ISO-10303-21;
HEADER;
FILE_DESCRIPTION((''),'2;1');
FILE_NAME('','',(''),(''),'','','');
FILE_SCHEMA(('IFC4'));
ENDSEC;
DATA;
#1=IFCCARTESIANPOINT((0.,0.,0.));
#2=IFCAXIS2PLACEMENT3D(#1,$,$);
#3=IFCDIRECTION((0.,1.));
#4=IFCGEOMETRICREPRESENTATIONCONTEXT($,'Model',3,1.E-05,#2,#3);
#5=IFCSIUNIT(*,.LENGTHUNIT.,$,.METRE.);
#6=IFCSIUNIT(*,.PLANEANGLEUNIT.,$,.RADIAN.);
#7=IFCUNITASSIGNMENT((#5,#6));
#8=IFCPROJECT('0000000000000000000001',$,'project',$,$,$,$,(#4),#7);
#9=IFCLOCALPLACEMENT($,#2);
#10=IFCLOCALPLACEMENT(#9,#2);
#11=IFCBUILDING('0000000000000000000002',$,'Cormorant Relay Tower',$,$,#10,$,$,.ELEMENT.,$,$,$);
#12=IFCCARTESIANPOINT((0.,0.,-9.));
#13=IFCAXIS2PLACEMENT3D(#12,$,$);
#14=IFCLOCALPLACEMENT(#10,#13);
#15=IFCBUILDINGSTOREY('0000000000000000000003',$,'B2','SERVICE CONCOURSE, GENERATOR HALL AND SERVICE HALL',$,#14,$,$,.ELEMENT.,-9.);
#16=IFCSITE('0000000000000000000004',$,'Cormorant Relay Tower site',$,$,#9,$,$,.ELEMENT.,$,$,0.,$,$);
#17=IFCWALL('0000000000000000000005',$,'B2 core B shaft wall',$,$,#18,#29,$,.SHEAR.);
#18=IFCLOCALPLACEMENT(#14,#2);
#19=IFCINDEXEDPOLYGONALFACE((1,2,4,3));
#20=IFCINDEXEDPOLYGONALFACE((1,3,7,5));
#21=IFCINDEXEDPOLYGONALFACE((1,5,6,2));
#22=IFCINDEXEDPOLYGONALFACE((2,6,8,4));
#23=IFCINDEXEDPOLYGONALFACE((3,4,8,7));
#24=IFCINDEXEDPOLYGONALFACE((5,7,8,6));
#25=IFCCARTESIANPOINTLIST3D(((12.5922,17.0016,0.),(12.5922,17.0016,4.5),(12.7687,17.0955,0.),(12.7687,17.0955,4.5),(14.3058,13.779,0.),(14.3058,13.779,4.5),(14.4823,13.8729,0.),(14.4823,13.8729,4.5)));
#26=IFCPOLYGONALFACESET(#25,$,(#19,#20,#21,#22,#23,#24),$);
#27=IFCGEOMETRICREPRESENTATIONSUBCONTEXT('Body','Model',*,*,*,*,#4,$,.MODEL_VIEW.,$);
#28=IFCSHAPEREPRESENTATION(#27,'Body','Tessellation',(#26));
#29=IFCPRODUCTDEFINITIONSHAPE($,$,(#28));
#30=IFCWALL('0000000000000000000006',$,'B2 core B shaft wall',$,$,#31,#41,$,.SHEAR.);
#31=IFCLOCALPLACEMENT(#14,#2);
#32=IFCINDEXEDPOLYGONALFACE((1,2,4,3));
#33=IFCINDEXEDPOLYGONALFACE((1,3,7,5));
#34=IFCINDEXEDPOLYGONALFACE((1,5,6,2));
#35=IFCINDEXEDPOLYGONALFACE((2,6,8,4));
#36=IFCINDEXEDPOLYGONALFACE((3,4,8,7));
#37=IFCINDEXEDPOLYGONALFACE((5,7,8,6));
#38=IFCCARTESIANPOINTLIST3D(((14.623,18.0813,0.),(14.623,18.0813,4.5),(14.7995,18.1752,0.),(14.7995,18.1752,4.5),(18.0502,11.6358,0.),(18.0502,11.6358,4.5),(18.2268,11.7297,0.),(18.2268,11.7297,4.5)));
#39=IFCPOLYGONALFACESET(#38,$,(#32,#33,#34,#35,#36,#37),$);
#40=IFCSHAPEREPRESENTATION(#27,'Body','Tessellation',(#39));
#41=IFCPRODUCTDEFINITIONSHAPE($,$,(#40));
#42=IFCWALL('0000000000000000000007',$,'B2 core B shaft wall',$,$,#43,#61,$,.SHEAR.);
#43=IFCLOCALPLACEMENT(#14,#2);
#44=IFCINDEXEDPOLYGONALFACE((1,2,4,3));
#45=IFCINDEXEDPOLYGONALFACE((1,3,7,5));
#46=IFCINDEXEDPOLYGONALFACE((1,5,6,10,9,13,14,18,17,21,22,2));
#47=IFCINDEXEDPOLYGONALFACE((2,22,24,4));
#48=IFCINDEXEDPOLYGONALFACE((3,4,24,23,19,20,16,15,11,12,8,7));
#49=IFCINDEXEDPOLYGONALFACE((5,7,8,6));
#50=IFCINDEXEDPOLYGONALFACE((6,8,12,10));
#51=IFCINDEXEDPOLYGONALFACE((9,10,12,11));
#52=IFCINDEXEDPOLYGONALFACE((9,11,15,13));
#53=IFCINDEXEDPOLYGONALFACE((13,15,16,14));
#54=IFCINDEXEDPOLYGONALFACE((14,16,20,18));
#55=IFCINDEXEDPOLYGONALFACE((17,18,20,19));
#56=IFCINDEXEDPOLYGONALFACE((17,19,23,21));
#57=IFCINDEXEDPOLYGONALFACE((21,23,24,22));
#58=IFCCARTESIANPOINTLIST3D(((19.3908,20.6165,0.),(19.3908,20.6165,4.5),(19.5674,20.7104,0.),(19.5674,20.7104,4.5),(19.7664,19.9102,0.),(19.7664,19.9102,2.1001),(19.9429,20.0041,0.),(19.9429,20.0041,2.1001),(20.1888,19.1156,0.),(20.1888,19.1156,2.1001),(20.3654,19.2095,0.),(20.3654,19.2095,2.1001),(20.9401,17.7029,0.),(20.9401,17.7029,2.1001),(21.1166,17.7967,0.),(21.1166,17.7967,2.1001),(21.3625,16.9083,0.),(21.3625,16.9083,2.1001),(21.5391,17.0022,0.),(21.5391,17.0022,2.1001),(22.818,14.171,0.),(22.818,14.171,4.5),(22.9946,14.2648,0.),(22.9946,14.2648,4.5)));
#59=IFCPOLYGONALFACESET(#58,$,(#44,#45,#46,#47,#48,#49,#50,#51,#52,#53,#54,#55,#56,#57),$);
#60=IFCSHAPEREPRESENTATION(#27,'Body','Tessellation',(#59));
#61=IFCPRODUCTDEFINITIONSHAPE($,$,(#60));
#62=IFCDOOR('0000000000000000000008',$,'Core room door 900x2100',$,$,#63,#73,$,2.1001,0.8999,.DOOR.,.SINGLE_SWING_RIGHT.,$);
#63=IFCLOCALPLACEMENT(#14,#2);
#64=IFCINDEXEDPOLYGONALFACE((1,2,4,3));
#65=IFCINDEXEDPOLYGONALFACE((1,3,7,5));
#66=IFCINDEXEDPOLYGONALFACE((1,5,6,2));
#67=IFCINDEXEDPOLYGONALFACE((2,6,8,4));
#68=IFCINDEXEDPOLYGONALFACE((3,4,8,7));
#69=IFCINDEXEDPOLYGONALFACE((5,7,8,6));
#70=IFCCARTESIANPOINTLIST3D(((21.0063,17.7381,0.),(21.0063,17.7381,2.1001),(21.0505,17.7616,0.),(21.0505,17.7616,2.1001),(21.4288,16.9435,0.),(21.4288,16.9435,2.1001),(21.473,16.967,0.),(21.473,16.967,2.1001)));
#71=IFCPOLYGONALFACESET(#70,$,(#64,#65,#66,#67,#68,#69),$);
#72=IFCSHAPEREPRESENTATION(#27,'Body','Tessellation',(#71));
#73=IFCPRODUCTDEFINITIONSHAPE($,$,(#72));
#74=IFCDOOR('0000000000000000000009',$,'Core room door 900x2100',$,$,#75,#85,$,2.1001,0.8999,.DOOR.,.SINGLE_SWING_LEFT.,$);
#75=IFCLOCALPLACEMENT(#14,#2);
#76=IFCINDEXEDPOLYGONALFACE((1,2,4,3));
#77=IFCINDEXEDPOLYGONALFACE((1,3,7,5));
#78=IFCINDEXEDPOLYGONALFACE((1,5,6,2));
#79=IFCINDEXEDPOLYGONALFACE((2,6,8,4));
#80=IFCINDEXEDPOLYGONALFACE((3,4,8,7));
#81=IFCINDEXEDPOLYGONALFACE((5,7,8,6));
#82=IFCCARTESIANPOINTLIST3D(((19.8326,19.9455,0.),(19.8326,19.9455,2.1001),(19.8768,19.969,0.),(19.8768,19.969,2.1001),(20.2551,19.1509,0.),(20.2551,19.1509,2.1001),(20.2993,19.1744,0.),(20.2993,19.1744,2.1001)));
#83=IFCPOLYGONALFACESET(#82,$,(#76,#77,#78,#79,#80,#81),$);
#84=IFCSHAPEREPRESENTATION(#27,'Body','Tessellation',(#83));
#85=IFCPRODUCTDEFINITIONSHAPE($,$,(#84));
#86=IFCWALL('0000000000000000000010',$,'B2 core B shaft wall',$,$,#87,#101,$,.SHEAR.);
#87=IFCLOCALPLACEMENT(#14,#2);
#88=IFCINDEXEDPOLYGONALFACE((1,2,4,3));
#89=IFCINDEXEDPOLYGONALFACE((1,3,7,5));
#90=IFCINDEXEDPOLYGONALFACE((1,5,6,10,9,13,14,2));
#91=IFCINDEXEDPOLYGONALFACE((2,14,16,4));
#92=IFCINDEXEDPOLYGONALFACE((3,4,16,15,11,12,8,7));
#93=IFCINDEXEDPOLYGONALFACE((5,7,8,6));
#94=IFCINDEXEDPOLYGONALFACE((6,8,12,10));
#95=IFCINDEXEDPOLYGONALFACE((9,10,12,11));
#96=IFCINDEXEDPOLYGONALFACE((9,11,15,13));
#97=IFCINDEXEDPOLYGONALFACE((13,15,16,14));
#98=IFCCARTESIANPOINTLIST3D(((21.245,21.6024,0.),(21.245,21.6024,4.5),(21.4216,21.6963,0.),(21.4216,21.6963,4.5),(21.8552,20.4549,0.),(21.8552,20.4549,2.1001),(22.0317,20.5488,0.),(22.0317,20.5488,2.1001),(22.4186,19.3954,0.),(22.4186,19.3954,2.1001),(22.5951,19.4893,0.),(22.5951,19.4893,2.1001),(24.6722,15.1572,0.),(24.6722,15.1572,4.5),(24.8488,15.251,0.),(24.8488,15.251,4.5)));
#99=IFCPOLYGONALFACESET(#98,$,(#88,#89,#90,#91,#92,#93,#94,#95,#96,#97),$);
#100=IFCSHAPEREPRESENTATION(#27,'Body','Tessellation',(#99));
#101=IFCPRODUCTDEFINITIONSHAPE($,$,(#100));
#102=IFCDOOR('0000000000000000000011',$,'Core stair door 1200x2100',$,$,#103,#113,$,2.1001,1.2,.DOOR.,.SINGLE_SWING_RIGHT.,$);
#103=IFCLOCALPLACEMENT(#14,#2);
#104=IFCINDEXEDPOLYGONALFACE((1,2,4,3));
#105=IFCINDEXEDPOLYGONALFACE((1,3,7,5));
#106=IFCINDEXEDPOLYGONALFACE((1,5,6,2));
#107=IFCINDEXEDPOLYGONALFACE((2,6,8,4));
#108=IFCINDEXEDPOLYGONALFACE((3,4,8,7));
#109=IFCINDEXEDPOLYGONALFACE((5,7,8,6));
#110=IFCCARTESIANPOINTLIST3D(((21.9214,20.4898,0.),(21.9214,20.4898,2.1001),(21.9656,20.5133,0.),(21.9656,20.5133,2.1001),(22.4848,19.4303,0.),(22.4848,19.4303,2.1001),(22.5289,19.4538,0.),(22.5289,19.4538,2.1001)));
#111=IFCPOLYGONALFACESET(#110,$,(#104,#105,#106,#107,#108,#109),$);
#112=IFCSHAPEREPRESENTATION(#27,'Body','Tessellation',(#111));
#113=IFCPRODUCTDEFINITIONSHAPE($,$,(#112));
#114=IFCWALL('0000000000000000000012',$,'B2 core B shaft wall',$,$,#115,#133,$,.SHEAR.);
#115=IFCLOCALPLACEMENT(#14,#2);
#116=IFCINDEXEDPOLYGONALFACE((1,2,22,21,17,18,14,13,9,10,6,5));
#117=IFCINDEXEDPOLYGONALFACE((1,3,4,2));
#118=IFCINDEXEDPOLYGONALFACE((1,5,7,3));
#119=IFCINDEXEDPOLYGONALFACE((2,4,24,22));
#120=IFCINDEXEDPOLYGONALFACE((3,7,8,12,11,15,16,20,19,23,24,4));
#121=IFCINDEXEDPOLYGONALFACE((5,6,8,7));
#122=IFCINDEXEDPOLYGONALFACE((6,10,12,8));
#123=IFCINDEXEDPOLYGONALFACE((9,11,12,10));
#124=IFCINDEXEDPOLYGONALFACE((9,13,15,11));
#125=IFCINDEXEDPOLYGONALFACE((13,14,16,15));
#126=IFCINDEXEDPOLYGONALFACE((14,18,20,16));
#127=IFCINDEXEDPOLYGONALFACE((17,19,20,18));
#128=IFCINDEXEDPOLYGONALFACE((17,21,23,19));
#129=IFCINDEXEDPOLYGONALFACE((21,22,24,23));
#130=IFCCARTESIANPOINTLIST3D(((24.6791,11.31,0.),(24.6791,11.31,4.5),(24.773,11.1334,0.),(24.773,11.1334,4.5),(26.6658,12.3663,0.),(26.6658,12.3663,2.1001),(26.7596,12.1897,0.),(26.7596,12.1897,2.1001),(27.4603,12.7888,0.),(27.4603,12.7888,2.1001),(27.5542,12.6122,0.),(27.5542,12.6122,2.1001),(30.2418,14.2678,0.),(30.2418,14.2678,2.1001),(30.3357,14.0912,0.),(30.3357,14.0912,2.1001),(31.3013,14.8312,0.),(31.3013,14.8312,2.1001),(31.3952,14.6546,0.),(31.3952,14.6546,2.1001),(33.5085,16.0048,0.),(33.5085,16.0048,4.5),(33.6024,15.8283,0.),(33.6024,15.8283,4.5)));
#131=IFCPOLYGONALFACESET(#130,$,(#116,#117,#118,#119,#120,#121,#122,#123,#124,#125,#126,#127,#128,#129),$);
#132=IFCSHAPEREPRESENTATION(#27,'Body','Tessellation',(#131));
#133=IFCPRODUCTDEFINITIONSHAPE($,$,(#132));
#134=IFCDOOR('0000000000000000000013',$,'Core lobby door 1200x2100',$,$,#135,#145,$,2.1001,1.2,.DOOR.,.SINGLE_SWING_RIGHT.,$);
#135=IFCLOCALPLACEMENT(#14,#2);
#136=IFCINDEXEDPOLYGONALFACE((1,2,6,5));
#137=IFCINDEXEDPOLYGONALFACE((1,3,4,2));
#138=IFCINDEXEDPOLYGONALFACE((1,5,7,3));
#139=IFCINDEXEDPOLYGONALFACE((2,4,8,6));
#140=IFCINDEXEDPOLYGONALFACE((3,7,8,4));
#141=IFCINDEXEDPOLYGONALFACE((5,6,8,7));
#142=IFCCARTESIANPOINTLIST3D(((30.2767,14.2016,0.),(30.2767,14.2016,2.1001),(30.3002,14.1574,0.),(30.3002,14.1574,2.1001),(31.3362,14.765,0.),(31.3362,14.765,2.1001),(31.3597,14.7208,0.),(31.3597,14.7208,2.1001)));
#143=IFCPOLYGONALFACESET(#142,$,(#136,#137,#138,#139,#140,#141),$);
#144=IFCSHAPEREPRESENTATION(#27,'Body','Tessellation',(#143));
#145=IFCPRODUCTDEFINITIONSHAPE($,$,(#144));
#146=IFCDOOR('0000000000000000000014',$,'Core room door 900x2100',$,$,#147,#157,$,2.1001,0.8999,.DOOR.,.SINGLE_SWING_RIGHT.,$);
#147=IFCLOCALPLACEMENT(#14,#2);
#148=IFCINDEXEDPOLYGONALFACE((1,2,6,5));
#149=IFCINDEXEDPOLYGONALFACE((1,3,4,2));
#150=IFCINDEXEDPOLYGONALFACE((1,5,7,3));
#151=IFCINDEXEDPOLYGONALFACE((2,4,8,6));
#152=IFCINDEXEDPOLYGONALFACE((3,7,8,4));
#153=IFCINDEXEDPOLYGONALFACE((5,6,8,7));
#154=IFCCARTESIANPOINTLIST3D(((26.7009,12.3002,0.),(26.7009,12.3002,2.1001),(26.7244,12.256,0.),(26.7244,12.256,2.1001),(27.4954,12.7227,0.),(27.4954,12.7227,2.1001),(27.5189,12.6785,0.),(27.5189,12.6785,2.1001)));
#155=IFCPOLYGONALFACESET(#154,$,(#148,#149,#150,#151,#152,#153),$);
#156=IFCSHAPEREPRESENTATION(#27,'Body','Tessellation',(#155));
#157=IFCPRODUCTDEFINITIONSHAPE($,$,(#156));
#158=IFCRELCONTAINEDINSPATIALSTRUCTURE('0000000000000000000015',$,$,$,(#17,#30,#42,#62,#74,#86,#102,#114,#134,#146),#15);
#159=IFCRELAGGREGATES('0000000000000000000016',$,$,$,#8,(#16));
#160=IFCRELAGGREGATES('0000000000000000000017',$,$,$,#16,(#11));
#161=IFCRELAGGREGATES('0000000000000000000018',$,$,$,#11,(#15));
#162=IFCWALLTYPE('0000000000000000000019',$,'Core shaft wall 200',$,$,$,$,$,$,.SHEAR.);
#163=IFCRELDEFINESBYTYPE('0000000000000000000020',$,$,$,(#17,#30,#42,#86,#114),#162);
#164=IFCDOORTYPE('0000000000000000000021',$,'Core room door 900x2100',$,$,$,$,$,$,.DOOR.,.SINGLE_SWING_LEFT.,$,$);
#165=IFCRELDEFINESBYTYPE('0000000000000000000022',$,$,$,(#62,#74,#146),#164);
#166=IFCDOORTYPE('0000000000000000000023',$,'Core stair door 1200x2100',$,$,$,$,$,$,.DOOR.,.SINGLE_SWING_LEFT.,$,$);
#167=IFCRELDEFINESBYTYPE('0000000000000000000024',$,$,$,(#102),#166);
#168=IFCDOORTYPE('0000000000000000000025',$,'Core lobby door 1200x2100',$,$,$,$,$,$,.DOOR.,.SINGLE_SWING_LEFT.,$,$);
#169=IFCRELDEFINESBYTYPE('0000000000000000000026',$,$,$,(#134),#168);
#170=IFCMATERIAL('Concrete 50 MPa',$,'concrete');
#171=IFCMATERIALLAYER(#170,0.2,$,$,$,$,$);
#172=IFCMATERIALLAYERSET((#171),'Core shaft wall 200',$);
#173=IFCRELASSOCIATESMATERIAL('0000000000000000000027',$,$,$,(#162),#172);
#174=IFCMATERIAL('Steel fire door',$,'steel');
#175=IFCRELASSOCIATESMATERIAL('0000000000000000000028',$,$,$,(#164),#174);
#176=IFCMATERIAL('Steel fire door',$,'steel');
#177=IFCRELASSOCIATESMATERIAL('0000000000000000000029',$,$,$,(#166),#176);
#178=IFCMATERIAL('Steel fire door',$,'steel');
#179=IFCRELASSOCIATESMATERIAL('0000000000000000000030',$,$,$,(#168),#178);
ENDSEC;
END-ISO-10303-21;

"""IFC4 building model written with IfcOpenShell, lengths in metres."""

from ifc_helpers import new_model, si_unit, direction, frame, frame_2d, origin, place, context, subcontext, project, spatial, rectangle, extrude, material, layer, layer_set, type_object, element, fill, save


model = new_model("IFC4")

# Units and contexts
model_context = context("Model", 3, precision=1e-05, world=origin(), true_north=direction((0.0, 1.0)))
body_context = subcontext(model_context, "Body", "Model", "MODEL_VIEW")
ifc_project = project(units=[si_unit("LENGTHUNIT", "METRE"), si_unit("PLANEANGLEUNIT", "RADIAN")], contexts=[model_context])

# Site, building, storey
site_placement = place(None, origin())
site = spatial("IfcSite", under=ifc_project, at=site_placement, Name="Cormorant Relay Tower site", CompositionType="ELEMENT", RefElevation=0.0)
building_placement = place(site_placement, origin())
building = spatial("IfcBuilding", under=site, at=building_placement, Name="Cormorant Relay Tower", CompositionType="ELEMENT")
storey_placement = place(building_placement, frame((0.0, 0.0, -9.0)))
storey = spatial("IfcBuildingStorey", under=building, at=storey_placement, Name="B2", Description="SERVICE CONCOURSE, GENERATOR HALL AND SERVICE HALL", CompositionType="ELEMENT", Elevation=-9.0)

# Walls
ifc_material_1 = material(Name="Concrete 50 MPa", Category="concrete")
ifc_layer_1 = layer(ifc_material_1, 0.2)
ifc_layer_set_1 = layer_set([ifc_layer_1], Name="Core shaft wall 200")
wall_type_1 = type_object("IfcWallType", Name="Core shaft wall 200", PredefinedType="SHEAR", material=ifc_layer_set_1)
wall_1_placement = place(storey_placement, frame((14.394, 13.8259, 0.0), z_axis=(0.0, 0.0, 1.0), x_axis=(-0.469494, 0.882936, 0.0)))
element("IfcWall", 1, at=wall_1_placement, inside=storey, type_object=wall_type_1, Name="B2 core B shaft wall", PredefinedType="SHEAR", context=body_context, shape_type="SweptSolid", body=[
    extrude(rectangle(XDim=3.6499, YDim=0.2, at=frame_2d((1.825, 0.0))), origin(), (0.0, 0.0, 1.0), 4.5),
])
wall_2_placement = place(storey_placement, frame((18.1384, 11.6829, 0.0), z_axis=(0.0, 0.0, 1.0), x_axis=(-0.46948, 0.882943, 0.0)))
element("IfcWall", 2, at=wall_2_placement, inside=storey, type_object=wall_type_1, Name="B2 core B shaft wall", PredefinedType="SHEAR", context=body_context, shape_type="SweptSolid", body=[
    extrude(rectangle(XDim=7.3, YDim=0.2, at=frame_2d((3.6499, 0.0))), origin(), (0.0, 0.0, 1.0), 4.5),
])

# Wall, openings, doors
wall_3_placement = place(storey_placement, frame((22.9062, 14.218, 0.0), z_axis=(0.0, 0.0, 1.0), x_axis=(-0.46948, 0.882943, 0.0)))
wall_3 = element("IfcWall", 3, at=wall_3_placement, inside=storey, type_object=wall_type_1, Name="B2 core B shaft wall", PredefinedType="SHEAR", context=body_context, shape_type="SweptSolid", body=[
    extrude(rectangle(XDim=7.3, YDim=0.2, at=frame_2d((3.6499, 0.0))), origin(), (0.0, 0.0, 1.0), 4.5),
])
opening_1_placement = place(wall_3_placement, frame((3.1001, 0.0, 0.0)))
opening_1 = element("IfcOpeningElement", 4, at=opening_1_placement, cuts=wall_3, PredefinedType="OPENING", context=body_context, shape_type="SweptSolid", body=[
    extrude(rectangle(XDim=0.8999, YDim=2.1001, at=frame_2d((0.45, 1.05))), frame((0.0, 0.1099, 0.0), z_axis=(0.0, -1.0, 0.0), x_axis=(1.0, 0.0, 0.0)), (0.0, 0.0, 1.0), 0.22),
])
opening_2_placement = place(wall_3_placement, frame((5.6001, 0.0, 0.0)))
opening_2 = element("IfcOpeningElement", 5, at=opening_2_placement, cuts=wall_3, PredefinedType="OPENING", context=body_context, shape_type="SweptSolid", body=[
    extrude(rectangle(XDim=0.8999, YDim=2.1001, at=frame_2d((0.45, 1.05))), frame((0.0, 0.1099, 0.0), z_axis=(0.0, -1.0, 0.0), x_axis=(1.0, 0.0, 0.0)), (0.0, 0.0, 1.0), 0.22),
])
ifc_material_2 = material(Name="Steel fire door", Category="steel")
door_type_1 = type_object("IfcDoorType", Name="Core room door 900x2100", OperationType="SINGLE_SWING_LEFT", PredefinedType="DOOR", material=ifc_material_2)
door_1_placement = place(opening_1_placement, origin())
door_1 = element("IfcDoor", 6, at=door_1_placement, inside=storey, type_object=door_type_1, Name="Core room door 900x2100", OperationType="SINGLE_SWING_RIGHT", OverallHeight=2.1001, OverallWidth=0.8999, PredefinedType="DOOR", context=body_context, shape_type="SweptSolid", body=[
    extrude(rectangle(XDim=0.8999, YDim=2.1001, at=frame_2d((0.45, 1.05))), frame((0.0, 0.0249, 0.0), z_axis=(0.0, -1.0, 0.0), x_axis=(1.0, 0.0, 0.0)), (0.0, 0.0, 1.0), 0.05),
])
fill(opening_1, door_1)
door_2_placement = place(opening_2_placement, origin())
door_2 = element("IfcDoor", 7, at=door_2_placement, inside=storey, type_object=door_type_1, Name="Core room door 900x2100", OperationType="SINGLE_SWING_LEFT", OverallHeight=2.1001, OverallWidth=0.8999, PredefinedType="DOOR", context=body_context, shape_type="SweptSolid", body=[
    extrude(rectangle(XDim=0.8999, YDim=2.1001, at=frame_2d((0.45, 1.05))), frame((0.0, 0.0249, 0.0), z_axis=(0.0, -1.0, 0.0), x_axis=(1.0, 0.0, 0.0)), (0.0, 0.0, 1.0), 0.05),
])
fill(opening_2, door_2)

# Wall, opening, door
wall_4_placement = place(storey_placement, frame((24.7605, 15.2041, 0.0), z_axis=(0.0, 0.0, 1.0), x_axis=(-0.469494, 0.882936, 0.0)))
wall_4 = element("IfcWall", 8, at=wall_4_placement, inside=storey, type_object=wall_type_1, Name="B2 core B shaft wall", PredefinedType="SHEAR", context=body_context, shape_type="SweptSolid", body=[
    extrude(rectangle(XDim=7.2998, YDim=0.2, at=frame_2d((3.6499, 0.0))), origin(), (0.0, 0.0, 1.0), 4.5),
])
opening_3_placement = place(wall_4_placement, frame((4.8, 0.0, 0.0)))
opening_3 = element("IfcOpeningElement", 9, at=opening_3_placement, cuts=wall_4, PredefinedType="OPENING", context=body_context, shape_type="SweptSolid", body=[
    extrude(rectangle(XDim=1.2, YDim=2.1001, at=frame_2d((0.6001, 1.05))), frame((0.0, 0.1099, 0.0), z_axis=(0.0, -1.0, 0.0), x_axis=(1.0, 0.0, 0.0)), (0.0, 0.0, 1.0), 0.22),
])
ifc_material_3 = material(Name="Steel fire door", Category="steel")
door_type_2 = type_object("IfcDoorType", Name="Core stair door 1200x2100", OperationType="SINGLE_SWING_LEFT", PredefinedType="DOOR", material=ifc_material_3)
door_3_placement = place(opening_3_placement, frame((1.2, 0.0, 0.0), z_axis=(0.0, 0.0, 1.0), x_axis=(-1.0, 0.0, 0.0)))
door_3 = element("IfcDoor", 10, at=door_3_placement, inside=storey, type_object=door_type_2, Name="Core stair door 1200x2100", OperationType="SINGLE_SWING_RIGHT", OverallHeight=2.1001, OverallWidth=1.2, PredefinedType="DOOR", context=body_context, shape_type="SweptSolid", body=[
    extrude(rectangle(XDim=1.2, YDim=2.1001, at=frame_2d((0.6001, 1.05))), frame((0.0, 0.0249, 0.0), z_axis=(0.0, -1.0, 0.0), x_axis=(1.0, 0.0, 0.0)), (0.0, 0.0, 1.0), 0.05),
])
fill(opening_3, door_3)

# Wall, openings, doors
wall_5_placement = place(storey_placement, frame((24.7261, 11.2217, 0.0), z_axis=(0.0, 0.0, 1.0), x_axis=(0.88294, 0.469485, 0.0)))
wall_5 = element("IfcWall", 11, at=wall_5_placement, inside=storey, type_object=wall_type_1, Name="B2 core B shaft wall", PredefinedType="SHEAR", context=body_context, shape_type="SweptSolid", body=[
    extrude(rectangle(XDim=10.0, YDim=0.2, at=frame_2d((5.0, 0.0))), origin(), (0.0, 0.0, 1.0), 4.5),
])
opening_4_placement = place(wall_5_placement, frame((6.3, 0.0, 0.0)))
opening_4 = element("IfcOpeningElement", 12, at=opening_4_placement, cuts=wall_5, PredefinedType="OPENING", context=body_context, shape_type="SweptSolid", body=[
    extrude(rectangle(XDim=1.2, YDim=2.1001, at=frame_2d((0.6001, 1.05))), frame((0.0, 0.1099, 0.0), z_axis=(0.0, -1.0, 0.0), x_axis=(1.0, 0.0, 0.0)), (0.0, 0.0, 1.0), 0.22),
])
opening_5_placement = place(wall_5_placement, frame((2.25, 0.0, 0.0)))
opening_5 = element("IfcOpeningElement", 13, at=opening_5_placement, cuts=wall_5, PredefinedType="OPENING", context=body_context, shape_type="SweptSolid", body=[
    extrude(rectangle(XDim=0.8999, YDim=2.1001, at=frame_2d((0.45, 1.05))), frame((0.0, 0.1099, 0.0), z_axis=(0.0, -1.0, 0.0), x_axis=(1.0, 0.0, 0.0)), (0.0, 0.0, 1.0), 0.22),
])
ifc_material_4 = material(Name="Steel fire door", Category="steel")
door_type_3 = type_object("IfcDoorType", Name="Core lobby door 1200x2100", OperationType="SINGLE_SWING_LEFT", PredefinedType="DOOR", material=ifc_material_4)
door_4_placement = place(opening_4_placement, frame((1.2, 0.0, 0.0), z_axis=(0.0, 0.0, 1.0), x_axis=(-1.0, 0.0, 0.0)))
door_4 = element("IfcDoor", 14, at=door_4_placement, inside=storey, type_object=door_type_3, Name="Core lobby door 1200x2100", OperationType="SINGLE_SWING_RIGHT", OverallHeight=2.1001, OverallWidth=1.2, PredefinedType="DOOR", context=body_context, shape_type="SweptSolid", body=[
    extrude(rectangle(XDim=1.2, YDim=2.1001, at=frame_2d((0.6001, 1.05))), frame((0.0, 0.0249, 0.0), z_axis=(0.0, -1.0, 0.0), x_axis=(1.0, 0.0, 0.0)), (0.0, 0.0, 1.0), 0.05),
])
fill(opening_4, door_4)
door_5_placement = place(opening_5_placement, frame((0.8999, 0.0, 0.0), z_axis=(0.0, 0.0, 1.0), x_axis=(-1.0, 0.0, 0.0)))
door_5 = element("IfcDoor", 15, at=door_5_placement, inside=storey, type_object=door_type_1, Name="Core room door 900x2100", OperationType="SINGLE_SWING_RIGHT", OverallHeight=2.1001, OverallWidth=0.8999, PredefinedType="DOOR", context=body_context, shape_type="SweptSolid", body=[
    extrude(rectangle(XDim=0.8999, YDim=2.1001, at=frame_2d((0.45, 1.05))), frame((0.0, 0.0249, 0.0), z_axis=(0.0, -1.0, 0.0), x_axis=(1.0, 0.0, 0.0)), (0.0, 0.0, 1.0), 0.05),
])
fill(opening_5, door_5)

save(model, "model.ifc")
